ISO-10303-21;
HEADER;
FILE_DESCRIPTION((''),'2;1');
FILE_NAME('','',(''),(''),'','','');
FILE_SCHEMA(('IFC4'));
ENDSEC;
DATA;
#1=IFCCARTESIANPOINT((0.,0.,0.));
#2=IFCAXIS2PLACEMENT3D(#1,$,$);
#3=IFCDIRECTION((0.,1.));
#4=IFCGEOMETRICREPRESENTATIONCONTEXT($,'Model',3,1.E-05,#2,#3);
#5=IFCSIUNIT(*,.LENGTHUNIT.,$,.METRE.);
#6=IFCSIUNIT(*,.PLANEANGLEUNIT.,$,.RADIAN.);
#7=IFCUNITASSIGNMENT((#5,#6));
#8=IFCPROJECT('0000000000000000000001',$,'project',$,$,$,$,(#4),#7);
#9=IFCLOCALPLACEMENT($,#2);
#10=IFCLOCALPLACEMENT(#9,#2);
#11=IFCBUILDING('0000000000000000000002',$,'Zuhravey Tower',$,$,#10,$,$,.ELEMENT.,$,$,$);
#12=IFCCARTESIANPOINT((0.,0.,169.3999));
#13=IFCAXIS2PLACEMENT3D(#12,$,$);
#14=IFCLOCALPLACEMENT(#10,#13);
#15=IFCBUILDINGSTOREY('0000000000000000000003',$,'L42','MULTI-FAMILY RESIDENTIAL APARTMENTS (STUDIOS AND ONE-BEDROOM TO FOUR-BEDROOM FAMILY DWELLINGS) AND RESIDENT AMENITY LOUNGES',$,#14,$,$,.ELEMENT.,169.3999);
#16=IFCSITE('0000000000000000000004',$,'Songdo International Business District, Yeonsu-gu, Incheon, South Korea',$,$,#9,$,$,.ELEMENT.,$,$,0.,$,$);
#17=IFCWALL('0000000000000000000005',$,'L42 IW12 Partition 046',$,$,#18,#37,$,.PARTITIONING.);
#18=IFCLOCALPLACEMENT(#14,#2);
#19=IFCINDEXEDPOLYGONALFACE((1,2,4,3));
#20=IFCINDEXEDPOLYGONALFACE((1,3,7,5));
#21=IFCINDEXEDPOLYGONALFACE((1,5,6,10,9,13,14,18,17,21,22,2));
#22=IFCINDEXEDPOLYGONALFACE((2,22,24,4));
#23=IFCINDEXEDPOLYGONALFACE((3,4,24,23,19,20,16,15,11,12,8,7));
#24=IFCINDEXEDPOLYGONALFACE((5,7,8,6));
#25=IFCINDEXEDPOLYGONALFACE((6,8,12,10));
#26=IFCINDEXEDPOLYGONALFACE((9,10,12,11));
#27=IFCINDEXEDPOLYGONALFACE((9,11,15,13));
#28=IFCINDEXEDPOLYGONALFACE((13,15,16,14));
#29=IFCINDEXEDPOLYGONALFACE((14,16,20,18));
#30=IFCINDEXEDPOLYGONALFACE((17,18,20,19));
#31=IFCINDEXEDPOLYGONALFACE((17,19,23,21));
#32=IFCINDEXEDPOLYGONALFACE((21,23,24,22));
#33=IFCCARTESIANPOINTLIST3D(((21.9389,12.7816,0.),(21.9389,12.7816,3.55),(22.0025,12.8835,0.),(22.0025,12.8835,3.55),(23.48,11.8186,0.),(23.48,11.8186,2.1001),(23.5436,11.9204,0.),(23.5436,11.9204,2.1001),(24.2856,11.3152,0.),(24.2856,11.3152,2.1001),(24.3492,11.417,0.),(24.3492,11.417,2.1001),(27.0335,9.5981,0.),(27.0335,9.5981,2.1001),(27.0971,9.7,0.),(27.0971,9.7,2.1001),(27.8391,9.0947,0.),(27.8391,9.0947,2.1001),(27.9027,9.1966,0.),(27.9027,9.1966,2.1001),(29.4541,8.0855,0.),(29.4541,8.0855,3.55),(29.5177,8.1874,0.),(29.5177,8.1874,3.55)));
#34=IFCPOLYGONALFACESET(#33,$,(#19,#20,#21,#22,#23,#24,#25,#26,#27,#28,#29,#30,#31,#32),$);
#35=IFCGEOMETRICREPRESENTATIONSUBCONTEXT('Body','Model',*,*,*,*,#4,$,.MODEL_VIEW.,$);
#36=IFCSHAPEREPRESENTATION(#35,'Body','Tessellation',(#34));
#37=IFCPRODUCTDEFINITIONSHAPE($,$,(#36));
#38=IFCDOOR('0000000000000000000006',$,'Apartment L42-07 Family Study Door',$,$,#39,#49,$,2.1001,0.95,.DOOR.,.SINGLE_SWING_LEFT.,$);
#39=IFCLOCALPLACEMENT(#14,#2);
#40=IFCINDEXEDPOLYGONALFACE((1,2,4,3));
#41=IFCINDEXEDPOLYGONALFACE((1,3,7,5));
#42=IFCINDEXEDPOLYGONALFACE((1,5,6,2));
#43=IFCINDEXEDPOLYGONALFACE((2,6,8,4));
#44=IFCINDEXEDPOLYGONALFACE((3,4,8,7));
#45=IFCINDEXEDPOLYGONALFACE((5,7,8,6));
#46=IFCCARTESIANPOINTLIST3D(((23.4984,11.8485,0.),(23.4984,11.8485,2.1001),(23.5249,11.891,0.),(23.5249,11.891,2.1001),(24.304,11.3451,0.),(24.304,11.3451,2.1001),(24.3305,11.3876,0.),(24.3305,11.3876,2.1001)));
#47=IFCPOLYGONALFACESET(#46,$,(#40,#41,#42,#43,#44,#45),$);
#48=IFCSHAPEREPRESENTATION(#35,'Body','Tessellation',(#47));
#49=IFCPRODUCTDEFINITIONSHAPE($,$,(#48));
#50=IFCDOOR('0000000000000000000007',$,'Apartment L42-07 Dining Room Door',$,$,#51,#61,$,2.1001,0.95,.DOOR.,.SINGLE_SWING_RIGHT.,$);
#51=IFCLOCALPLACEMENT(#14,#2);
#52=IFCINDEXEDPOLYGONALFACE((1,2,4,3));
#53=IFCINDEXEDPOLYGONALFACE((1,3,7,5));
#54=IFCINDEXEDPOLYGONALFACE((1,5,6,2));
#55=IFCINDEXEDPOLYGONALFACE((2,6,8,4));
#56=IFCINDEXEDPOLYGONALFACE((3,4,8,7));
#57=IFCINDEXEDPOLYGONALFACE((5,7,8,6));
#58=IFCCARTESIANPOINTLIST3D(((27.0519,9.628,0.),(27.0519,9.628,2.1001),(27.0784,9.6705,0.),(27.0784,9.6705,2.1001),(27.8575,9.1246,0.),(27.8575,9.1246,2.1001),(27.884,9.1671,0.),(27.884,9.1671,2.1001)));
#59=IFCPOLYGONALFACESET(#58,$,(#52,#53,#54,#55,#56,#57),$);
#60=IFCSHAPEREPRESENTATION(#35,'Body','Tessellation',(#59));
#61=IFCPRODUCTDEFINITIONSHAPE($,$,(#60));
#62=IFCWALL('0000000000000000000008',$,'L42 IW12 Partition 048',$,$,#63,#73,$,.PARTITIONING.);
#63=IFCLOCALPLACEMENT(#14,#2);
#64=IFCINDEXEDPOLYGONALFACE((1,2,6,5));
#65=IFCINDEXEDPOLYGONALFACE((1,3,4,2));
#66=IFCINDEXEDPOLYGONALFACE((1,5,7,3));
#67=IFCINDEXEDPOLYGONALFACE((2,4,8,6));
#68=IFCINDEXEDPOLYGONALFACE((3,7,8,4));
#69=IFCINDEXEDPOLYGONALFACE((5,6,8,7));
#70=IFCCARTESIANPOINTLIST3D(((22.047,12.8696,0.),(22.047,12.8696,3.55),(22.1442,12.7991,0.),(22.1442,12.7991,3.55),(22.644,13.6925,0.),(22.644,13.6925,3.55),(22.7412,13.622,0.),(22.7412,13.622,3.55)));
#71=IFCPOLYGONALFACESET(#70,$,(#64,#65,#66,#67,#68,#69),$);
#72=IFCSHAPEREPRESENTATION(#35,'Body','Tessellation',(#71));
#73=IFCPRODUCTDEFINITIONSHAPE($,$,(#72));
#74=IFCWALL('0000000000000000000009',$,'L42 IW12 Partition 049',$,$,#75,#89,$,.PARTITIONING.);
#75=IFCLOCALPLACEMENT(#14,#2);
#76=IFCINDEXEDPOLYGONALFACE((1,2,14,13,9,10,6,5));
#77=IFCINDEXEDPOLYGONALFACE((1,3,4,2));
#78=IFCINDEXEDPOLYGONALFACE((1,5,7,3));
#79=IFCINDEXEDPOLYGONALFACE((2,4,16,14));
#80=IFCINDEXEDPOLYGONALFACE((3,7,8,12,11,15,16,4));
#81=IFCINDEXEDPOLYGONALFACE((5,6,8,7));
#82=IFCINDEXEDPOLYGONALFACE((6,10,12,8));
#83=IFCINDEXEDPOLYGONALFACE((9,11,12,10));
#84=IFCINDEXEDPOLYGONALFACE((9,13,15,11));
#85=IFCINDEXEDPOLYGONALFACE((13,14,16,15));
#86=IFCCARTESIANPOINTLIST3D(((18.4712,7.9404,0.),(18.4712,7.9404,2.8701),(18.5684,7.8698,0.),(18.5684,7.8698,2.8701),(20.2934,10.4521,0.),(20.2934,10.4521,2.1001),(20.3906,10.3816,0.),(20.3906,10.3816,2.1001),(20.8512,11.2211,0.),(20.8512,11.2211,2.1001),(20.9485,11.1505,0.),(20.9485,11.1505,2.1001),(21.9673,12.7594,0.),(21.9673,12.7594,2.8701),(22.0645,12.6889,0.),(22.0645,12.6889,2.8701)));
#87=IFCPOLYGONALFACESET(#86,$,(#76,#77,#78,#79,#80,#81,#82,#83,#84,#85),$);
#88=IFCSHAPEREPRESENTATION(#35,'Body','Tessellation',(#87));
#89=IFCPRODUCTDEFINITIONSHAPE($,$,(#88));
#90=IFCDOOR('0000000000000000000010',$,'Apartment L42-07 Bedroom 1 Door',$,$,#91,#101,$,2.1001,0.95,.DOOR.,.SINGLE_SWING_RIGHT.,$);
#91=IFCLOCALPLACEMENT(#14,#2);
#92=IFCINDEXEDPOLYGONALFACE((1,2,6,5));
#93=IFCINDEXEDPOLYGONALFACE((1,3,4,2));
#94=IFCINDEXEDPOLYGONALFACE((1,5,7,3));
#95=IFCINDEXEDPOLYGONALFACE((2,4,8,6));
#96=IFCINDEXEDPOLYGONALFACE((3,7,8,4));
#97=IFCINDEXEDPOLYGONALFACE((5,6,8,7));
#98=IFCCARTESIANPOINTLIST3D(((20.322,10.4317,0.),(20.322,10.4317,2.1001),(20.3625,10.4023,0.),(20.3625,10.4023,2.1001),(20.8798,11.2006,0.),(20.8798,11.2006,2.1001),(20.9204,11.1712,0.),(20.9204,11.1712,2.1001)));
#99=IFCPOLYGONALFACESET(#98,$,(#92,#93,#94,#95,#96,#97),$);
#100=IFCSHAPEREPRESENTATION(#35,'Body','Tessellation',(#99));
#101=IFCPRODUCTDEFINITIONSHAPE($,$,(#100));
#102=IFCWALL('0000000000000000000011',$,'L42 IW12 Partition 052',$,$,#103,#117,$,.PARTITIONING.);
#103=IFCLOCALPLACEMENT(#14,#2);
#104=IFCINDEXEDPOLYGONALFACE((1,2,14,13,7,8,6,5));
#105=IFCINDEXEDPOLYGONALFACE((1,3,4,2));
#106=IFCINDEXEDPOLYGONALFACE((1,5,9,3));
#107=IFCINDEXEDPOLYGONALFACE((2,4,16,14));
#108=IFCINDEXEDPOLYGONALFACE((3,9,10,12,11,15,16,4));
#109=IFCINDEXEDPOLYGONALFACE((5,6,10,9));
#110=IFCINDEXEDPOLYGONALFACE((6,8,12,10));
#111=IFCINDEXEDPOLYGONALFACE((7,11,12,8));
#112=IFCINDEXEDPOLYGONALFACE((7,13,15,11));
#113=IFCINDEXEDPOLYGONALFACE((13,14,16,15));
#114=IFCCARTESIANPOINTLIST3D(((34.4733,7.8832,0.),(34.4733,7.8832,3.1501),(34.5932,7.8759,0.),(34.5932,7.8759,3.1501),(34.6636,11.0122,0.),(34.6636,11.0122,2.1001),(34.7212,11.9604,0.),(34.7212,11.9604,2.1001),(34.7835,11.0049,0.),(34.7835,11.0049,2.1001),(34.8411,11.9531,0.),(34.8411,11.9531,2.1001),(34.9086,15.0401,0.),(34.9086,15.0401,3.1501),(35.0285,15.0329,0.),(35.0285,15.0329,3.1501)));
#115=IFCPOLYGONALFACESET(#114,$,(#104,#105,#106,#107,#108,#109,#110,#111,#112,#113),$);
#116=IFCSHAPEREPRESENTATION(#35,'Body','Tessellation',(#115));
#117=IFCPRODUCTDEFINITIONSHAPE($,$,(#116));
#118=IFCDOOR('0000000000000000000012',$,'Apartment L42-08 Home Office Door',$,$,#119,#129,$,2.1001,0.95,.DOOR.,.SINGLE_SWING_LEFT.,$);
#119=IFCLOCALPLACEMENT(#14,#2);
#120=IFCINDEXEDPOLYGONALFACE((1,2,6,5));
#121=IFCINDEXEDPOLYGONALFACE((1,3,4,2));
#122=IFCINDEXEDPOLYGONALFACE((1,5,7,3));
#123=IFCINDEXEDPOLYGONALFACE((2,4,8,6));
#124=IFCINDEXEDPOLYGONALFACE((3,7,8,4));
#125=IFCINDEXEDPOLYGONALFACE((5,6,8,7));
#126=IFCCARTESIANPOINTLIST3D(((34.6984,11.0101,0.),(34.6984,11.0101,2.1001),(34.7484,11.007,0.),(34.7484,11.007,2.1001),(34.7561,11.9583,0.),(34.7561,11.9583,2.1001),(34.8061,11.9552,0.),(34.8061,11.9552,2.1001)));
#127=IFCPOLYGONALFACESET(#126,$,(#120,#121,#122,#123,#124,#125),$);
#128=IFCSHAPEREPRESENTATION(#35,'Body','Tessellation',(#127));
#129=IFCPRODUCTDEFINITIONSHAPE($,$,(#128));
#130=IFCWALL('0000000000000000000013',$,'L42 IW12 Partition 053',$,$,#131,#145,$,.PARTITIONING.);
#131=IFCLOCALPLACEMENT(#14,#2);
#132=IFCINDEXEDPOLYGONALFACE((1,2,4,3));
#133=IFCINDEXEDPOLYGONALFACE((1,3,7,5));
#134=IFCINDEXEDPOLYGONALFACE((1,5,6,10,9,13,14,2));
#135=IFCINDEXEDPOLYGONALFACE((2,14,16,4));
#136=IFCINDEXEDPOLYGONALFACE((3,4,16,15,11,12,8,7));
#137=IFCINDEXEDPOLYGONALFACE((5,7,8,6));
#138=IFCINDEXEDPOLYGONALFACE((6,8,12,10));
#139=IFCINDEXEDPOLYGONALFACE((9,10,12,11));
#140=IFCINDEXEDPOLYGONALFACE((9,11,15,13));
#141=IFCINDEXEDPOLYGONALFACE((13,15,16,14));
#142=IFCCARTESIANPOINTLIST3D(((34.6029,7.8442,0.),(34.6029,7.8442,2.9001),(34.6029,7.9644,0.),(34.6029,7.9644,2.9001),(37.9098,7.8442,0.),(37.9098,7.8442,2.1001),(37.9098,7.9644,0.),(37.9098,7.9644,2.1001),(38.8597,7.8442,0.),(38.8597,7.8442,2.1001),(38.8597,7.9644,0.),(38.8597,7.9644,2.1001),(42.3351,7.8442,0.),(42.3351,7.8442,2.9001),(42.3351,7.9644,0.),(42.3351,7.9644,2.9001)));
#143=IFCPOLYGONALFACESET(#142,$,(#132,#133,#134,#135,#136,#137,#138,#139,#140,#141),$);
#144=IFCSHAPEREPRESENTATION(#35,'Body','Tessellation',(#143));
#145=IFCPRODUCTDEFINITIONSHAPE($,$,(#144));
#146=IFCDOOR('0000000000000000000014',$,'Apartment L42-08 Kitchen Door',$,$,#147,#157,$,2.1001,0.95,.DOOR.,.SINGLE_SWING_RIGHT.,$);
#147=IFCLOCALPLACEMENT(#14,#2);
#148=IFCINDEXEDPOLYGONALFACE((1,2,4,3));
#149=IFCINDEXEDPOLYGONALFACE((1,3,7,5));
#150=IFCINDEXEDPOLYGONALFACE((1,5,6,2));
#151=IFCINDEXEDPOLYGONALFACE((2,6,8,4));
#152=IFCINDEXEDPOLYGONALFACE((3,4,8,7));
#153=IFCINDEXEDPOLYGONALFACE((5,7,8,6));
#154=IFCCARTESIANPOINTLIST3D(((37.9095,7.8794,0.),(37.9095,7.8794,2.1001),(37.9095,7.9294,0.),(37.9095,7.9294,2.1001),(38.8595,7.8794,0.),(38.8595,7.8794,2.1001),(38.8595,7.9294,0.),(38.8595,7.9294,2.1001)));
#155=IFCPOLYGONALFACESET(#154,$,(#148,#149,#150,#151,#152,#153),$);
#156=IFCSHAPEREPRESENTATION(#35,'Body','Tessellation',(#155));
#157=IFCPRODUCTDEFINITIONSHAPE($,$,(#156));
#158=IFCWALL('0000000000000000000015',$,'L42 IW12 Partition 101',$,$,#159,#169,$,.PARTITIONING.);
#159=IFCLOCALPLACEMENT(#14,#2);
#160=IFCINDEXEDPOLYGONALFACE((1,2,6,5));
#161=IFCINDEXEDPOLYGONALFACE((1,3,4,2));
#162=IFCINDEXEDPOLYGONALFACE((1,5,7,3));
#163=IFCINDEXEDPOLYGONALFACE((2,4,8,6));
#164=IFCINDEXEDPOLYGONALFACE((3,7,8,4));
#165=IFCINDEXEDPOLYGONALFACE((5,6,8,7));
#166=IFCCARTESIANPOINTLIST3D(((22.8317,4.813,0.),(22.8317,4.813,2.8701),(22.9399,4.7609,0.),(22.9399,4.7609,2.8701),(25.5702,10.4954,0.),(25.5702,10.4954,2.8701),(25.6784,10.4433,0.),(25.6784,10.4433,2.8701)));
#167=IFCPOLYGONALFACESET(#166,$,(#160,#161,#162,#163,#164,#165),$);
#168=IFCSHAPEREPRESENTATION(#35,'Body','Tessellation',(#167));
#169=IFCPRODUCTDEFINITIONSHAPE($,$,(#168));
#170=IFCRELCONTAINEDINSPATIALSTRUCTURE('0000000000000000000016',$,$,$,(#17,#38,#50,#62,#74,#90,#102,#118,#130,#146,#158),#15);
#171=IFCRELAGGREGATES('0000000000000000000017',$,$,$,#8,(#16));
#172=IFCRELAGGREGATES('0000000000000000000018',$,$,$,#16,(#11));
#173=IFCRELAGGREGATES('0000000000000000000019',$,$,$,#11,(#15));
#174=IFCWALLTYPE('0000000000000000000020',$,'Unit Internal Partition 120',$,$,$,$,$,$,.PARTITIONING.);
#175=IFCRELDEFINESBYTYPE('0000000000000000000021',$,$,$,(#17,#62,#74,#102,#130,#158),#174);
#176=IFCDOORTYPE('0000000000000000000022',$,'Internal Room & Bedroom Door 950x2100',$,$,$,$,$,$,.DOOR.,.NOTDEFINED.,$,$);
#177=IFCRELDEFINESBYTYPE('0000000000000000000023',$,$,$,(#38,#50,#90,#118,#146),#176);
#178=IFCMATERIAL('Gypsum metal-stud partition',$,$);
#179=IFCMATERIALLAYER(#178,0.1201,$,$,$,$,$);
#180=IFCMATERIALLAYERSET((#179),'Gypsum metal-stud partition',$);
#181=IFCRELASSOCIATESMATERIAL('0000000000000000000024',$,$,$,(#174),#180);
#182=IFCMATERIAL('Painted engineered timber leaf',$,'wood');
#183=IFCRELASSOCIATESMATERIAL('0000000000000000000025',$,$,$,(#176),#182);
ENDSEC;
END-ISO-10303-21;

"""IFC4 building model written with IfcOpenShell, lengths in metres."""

from ifc_helpers import new_model, si_unit, direction, frame, frame_2d, origin, place, context, subcontext, project, spatial, rectangle, extrude, material, layer, layer_set, type_object, element, fill, save


model = new_model("IFC4")

# Units and contexts
model_context = context("Model", 3, precision=1e-05, world=origin(), true_north=direction((0.0, 1.0)))
body_context = subcontext(model_context, "Body", "Model", "MODEL_VIEW")
ifc_project = project(units=[si_unit("LENGTHUNIT", "METRE"), si_unit("PLANEANGLEUNIT", "RADIAN")], contexts=[model_context])

# Site, building, storey
site_placement = place(None, origin())
site = spatial("IfcSite", under=ifc_project, at=site_placement, Name="Songdo International Business District, Yeonsu-gu, Incheon, South Korea", CompositionType="ELEMENT", RefElevation=0.0)
building_placement = place(site_placement, origin())
building = spatial("IfcBuilding", under=site, at=building_placement, Name="Zuhravey Tower", CompositionType="ELEMENT")
storey_placement = place(building_placement, frame((0.0, 0.0, 169.3999)))
storey = spatial("IfcBuildingStorey", under=building, at=storey_placement, Name="L42", Description="MULTI-FAMILY RESIDENTIAL APARTMENTS (STUDIOS AND ONE-BEDROOM TO FOUR-BEDROOM FAMILY DWELLINGS) AND RESIDENT AMENITY LOUNGES", CompositionType="ELEMENT", Elevation=169.3999)

# Wall, openings, doors
ifc_material_1 = material(Name="Gypsum metal-stud partition")
ifc_layer_1 = layer(ifc_material_1, 0.1201)
ifc_layer_set_1 = layer_set([ifc_layer_1], Name="Gypsum metal-stud partition")
wall_type_1 = type_object("IfcWallType", Name="Unit Internal Partition 120", PredefinedType="PARTITIONING", material=ifc_layer_set_1)
wall_1_placement = place(storey_placement, frame((21.9707, 12.8325, 0.0), z_axis=(0.0, 0.0, 1.0), x_axis=(0.848045, -0.529925, 0.0)))
wall_1 = element("IfcWall", 1, at=wall_1_placement, inside=storey, type_object=wall_type_1, Name="L42 IW12 Partition 046", PredefinedType="PARTITIONING", context=body_context, shape_type="SweptSolid", body=[
    extrude(rectangle(XDim=8.8618, YDim=0.1201, at=frame_2d((4.4309, 0.0))), origin(), (0.0, 0.0, 1.0), 3.55),
])
opening_1_placement = place(wall_1_placement, frame((1.8171, 0.0, 0.0)))
opening_1 = element("IfcOpeningElement", 2, at=opening_1_placement, cuts=wall_1, PredefinedType="OPENING", context=body_context, shape_type="SweptSolid", body=[
    extrude(rectangle(XDim=0.95, YDim=2.1001, at=frame_2d((0.4751, 1.05))), frame((0.0, 0.072, 0.0), z_axis=(0.0, -1.0, 0.0), x_axis=(1.0, 0.0, 0.0)), (0.0, 0.0, 1.0), 0.144),
])
opening_2_placement = place(wall_1_placement, frame((6.0073, 0.0, 0.0)))
opening_2 = element("IfcOpeningElement", 3, at=opening_2_placement, cuts=wall_1, PredefinedType="OPENING", context=body_context, shape_type="SweptSolid", body=[
    extrude(rectangle(XDim=0.95, YDim=2.1001, at=frame_2d((0.4751, 1.05))), frame((0.0, 0.072, 0.0), z_axis=(0.0, -1.0, 0.0), x_axis=(1.0, 0.0, 0.0)), (0.0, 0.0, 1.0), 0.144),
])
ifc_material_2 = material(Name="Painted engineered timber leaf", Category="wood")
door_type = type_object("IfcDoorType", Name="Internal Room & Bedroom Door 950x2100", OperationType="NOTDEFINED", PredefinedType="DOOR", material=ifc_material_2)
door_1_placement = place(opening_1_placement, frame((0.95, 0.0, 0.0), z_axis=(0.0, 0.0, 1.0), x_axis=(-1.0, 0.0, 0.0)))
door_1 = element("IfcDoor", 4, at=door_1_placement, inside=storey, type_object=door_type, Name="Apartment L42-07 Family Study Door", OperationType="SINGLE_SWING_LEFT", OverallHeight=2.1001, OverallWidth=0.95, PredefinedType="DOOR", context=body_context, shape_type="SweptSolid", body=[
    extrude(rectangle(XDim=0.95, YDim=2.1001, at=frame_2d((0.4751, 1.05))), frame((0.0, 0.0249, 0.0), z_axis=(0.0, -1.0, 0.0), x_axis=(1.0, 0.0, 0.0)), (0.0, 0.0, 1.0), 0.05),
])
fill(opening_1, door_1)
door_2_placement = place(opening_2_placement, frame((0.95, 0.0, 0.0), z_axis=(0.0, 0.0, 1.0), x_axis=(-1.0, 0.0, 0.0)))
door_2 = element("IfcDoor", 5, at=door_2_placement, inside=storey, type_object=door_type, Name="Apartment L42-07 Dining Room Door", OperationType="SINGLE_SWING_RIGHT", OverallHeight=2.1001, OverallWidth=0.95, PredefinedType="DOOR", context=body_context, shape_type="SweptSolid", body=[
    extrude(rectangle(XDim=0.95, YDim=2.1001, at=frame_2d((0.4751, 1.05))), frame((0.0, 0.0249, 0.0), z_axis=(0.0, -1.0, 0.0), x_axis=(1.0, 0.0, 0.0)), (0.0, 0.0, 1.0), 0.05),
])
fill(opening_2, door_2)

# Wall
wall_2_placement = place(storey_placement, frame((22.6926, 13.6572, 0.0), z_axis=(0.0, 0.0, 1.0), x_axis=(-0.587243, -0.809411, 0.0)))
element("IfcWall", 6, at=wall_2_placement, inside=storey, type_object=wall_type_1, Name="L42 IW12 Partition 048", PredefinedType="PARTITIONING", context=body_context, shape_type="SweptSolid", body=[
    extrude(rectangle(XDim=1.0166, YDim=0.1201, at=frame_2d((0.5083, 0.0))), origin(), (0.0, 0.0, 1.0), 3.55),
])

# Walls, openings, doors
wall_3_placement = place(storey_placement, frame((22.0159, 12.7241, 0.0), z_axis=(0.0, 0.0, 1.0), x_axis=(-0.587215, -0.809431, 0.0)))
wall_3 = element("IfcWall", 7, at=wall_3_placement, inside=storey, type_object=wall_type_1, Name="L42 IW12 Partition 049", PredefinedType="PARTITIONING", context=body_context, shape_type="SweptSolid", body=[
    extrude(rectangle(XDim=5.9536, YDim=0.1201, at=frame_2d((2.9768, 0.0))), origin(), (0.0, 0.0, 1.0), 2.8701),
])
opening_3_placement = place(wall_3_placement, frame((1.9004, 0.0, 0.0)))
opening_3 = element("IfcOpeningElement", 8, at=opening_3_placement, cuts=wall_3, PredefinedType="OPENING", context=body_context, shape_type="SweptSolid", body=[
    extrude(rectangle(XDim=0.95, YDim=2.1001, at=frame_2d((0.4751, 1.05))), frame((0.0, 0.072, 0.0), z_axis=(0.0, -1.0, 0.0), x_axis=(1.0, 0.0, 0.0)), (0.0, 0.0, 1.0), 0.144),
])
door_3_placement = place(opening_3_placement, frame((0.95, 0.0, 0.0), z_axis=(0.0, 0.0, 1.0), x_axis=(-1.0, 0.0, 0.0)))
door_3 = element("IfcDoor", 9, at=door_3_placement, inside=storey, type_object=door_type, Name="Apartment L42-07 Bedroom 1 Door", OperationType="SINGLE_SWING_RIGHT", OverallHeight=2.1001, OverallWidth=0.95, PredefinedType="DOOR", context=body_context, shape_type="SweptSolid", body=[
    extrude(rectangle(XDim=0.95, YDim=2.1001, at=frame_2d((0.4751, 1.05))), frame((0.0, 0.0249, 0.0), z_axis=(0.0, -1.0, 0.0), x_axis=(1.0, 0.0, 0.0)), (0.0, 0.0, 1.0), 0.05),
])
fill(opening_3, door_3)
wall_4_placement = place(storey_placement, frame((34.9685, 15.0364, 0.0), z_axis=(0.0, 0.0, 1.0), x_axis=(-0.06071, -0.998155, 0.0)))
wall_4 = element("IfcWall", 10, at=wall_4_placement, inside=storey, type_object=wall_type_1, Name="L42 IW12 Partition 052", PredefinedType="PARTITIONING", context=body_context, shape_type="SweptSolid", body=[
    extrude(rectangle(XDim=7.1702, YDim=0.1201, at=frame_2d((3.585, 0.0))), origin(), (0.0, 0.0, 1.0), 3.1501),
])
opening_4_placement = place(wall_4_placement, frame((3.0852, 0.0, 0.0)))
opening_4 = element("IfcOpeningElement", 11, at=opening_4_placement, cuts=wall_4, PredefinedType="OPENING", context=body_context, shape_type="SweptSolid", body=[
    extrude(rectangle(XDim=0.95, YDim=2.1001, at=frame_2d((0.4751, 1.05))), frame((0.0, 0.072, 0.0), z_axis=(0.0, -1.0, 0.0), x_axis=(1.0, 0.0, 0.0)), (0.0, 0.0, 1.0), 0.144),
])
door_4_placement = place(opening_4_placement, origin())
door_4 = element("IfcDoor", 12, at=door_4_placement, inside=storey, type_object=door_type, Name="Apartment L42-08 Home Office Door", OperationType="SINGLE_SWING_LEFT", OverallHeight=2.1001, OverallWidth=0.95, PredefinedType="DOOR", context=body_context, shape_type="SweptSolid", body=[
    extrude(rectangle(XDim=0.95, YDim=2.1001, at=frame_2d((0.4751, 1.05))), frame((0.0, 0.0249, 0.0), z_axis=(0.0, -1.0, 0.0), x_axis=(1.0, 0.0, 0.0)), (0.0, 0.0, 1.0), 0.05),
])
fill(opening_4, door_4)
wall_5_placement = place(storey_placement, frame((34.6028, 7.9043, 0.0), z_axis=(0.0, 0.0, 1.0), x_axis=(1.0, 0.0, 0.0)))
wall_5 = element("IfcWall", 13, at=wall_5_placement, inside=storey, type_object=wall_type_1, Name="L42 IW12 Partition 053", PredefinedType="PARTITIONING", context=body_context, shape_type="SweptSolid", body=[
    extrude(rectangle(XDim=7.7322, YDim=0.1201, at=frame_2d((3.8662, 0.0))), origin(), (0.0, 0.0, 1.0), 2.9001),
])
opening_5_placement = place(wall_5_placement, frame((3.3069, 0.0, 0.0)))
opening_5 = element("IfcOpeningElement", 14, at=opening_5_placement, cuts=wall_5, PredefinedType="OPENING", context=body_context, shape_type="SweptSolid", body=[
    extrude(rectangle(XDim=0.95, YDim=2.1001, at=frame_2d((0.4751, 1.05))), frame((0.0, 0.072, 0.0), z_axis=(0.0, -1.0, 0.0), x_axis=(1.0, 0.0, 0.0)), (0.0, 0.0, 1.0), 0.144),
])
door_5_placement = place(opening_5_placement, frame((0.95, 0.0, 0.0), z_axis=(0.0, 0.0, 1.0), x_axis=(-1.0, 0.0, 0.0)))
door_5 = element("IfcDoor", 15, at=door_5_placement, inside=storey, type_object=door_type, Name="Apartment L42-08 Kitchen Door", OperationType="SINGLE_SWING_RIGHT", OverallHeight=2.1001, OverallWidth=0.95, PredefinedType="DOOR", context=body_context, shape_type="SweptSolid", body=[
    extrude(rectangle(XDim=0.95, YDim=2.1001, at=frame_2d((0.4751, 1.05))), frame((0.0, 0.0249, 0.0), z_axis=(0.0, -1.0, 0.0), x_axis=(1.0, 0.0, 0.0)), (0.0, 0.0, 1.0), 0.05),
])
fill(opening_5, door_5)

# Wall
wall_6_placement = place(storey_placement, frame((25.6243, 10.4692, 0.0), z_axis=(0.0, 0.0, 1.0), x_axis=(-0.434146, -0.900842, 0.0)))
element("IfcWall", 16, at=wall_6_placement, inside=storey, type_object=wall_type_1, Name="L42 IW12 Partition 101", PredefinedType="PARTITIONING", context=body_context, shape_type="SweptSolid", body=[
    extrude(rectangle(XDim=6.3079, YDim=0.1201, at=frame_2d((3.1538, 0.0))), origin(), (0.0, 0.0, 1.0), 2.8701),
])

save(model, "model.ifc")
